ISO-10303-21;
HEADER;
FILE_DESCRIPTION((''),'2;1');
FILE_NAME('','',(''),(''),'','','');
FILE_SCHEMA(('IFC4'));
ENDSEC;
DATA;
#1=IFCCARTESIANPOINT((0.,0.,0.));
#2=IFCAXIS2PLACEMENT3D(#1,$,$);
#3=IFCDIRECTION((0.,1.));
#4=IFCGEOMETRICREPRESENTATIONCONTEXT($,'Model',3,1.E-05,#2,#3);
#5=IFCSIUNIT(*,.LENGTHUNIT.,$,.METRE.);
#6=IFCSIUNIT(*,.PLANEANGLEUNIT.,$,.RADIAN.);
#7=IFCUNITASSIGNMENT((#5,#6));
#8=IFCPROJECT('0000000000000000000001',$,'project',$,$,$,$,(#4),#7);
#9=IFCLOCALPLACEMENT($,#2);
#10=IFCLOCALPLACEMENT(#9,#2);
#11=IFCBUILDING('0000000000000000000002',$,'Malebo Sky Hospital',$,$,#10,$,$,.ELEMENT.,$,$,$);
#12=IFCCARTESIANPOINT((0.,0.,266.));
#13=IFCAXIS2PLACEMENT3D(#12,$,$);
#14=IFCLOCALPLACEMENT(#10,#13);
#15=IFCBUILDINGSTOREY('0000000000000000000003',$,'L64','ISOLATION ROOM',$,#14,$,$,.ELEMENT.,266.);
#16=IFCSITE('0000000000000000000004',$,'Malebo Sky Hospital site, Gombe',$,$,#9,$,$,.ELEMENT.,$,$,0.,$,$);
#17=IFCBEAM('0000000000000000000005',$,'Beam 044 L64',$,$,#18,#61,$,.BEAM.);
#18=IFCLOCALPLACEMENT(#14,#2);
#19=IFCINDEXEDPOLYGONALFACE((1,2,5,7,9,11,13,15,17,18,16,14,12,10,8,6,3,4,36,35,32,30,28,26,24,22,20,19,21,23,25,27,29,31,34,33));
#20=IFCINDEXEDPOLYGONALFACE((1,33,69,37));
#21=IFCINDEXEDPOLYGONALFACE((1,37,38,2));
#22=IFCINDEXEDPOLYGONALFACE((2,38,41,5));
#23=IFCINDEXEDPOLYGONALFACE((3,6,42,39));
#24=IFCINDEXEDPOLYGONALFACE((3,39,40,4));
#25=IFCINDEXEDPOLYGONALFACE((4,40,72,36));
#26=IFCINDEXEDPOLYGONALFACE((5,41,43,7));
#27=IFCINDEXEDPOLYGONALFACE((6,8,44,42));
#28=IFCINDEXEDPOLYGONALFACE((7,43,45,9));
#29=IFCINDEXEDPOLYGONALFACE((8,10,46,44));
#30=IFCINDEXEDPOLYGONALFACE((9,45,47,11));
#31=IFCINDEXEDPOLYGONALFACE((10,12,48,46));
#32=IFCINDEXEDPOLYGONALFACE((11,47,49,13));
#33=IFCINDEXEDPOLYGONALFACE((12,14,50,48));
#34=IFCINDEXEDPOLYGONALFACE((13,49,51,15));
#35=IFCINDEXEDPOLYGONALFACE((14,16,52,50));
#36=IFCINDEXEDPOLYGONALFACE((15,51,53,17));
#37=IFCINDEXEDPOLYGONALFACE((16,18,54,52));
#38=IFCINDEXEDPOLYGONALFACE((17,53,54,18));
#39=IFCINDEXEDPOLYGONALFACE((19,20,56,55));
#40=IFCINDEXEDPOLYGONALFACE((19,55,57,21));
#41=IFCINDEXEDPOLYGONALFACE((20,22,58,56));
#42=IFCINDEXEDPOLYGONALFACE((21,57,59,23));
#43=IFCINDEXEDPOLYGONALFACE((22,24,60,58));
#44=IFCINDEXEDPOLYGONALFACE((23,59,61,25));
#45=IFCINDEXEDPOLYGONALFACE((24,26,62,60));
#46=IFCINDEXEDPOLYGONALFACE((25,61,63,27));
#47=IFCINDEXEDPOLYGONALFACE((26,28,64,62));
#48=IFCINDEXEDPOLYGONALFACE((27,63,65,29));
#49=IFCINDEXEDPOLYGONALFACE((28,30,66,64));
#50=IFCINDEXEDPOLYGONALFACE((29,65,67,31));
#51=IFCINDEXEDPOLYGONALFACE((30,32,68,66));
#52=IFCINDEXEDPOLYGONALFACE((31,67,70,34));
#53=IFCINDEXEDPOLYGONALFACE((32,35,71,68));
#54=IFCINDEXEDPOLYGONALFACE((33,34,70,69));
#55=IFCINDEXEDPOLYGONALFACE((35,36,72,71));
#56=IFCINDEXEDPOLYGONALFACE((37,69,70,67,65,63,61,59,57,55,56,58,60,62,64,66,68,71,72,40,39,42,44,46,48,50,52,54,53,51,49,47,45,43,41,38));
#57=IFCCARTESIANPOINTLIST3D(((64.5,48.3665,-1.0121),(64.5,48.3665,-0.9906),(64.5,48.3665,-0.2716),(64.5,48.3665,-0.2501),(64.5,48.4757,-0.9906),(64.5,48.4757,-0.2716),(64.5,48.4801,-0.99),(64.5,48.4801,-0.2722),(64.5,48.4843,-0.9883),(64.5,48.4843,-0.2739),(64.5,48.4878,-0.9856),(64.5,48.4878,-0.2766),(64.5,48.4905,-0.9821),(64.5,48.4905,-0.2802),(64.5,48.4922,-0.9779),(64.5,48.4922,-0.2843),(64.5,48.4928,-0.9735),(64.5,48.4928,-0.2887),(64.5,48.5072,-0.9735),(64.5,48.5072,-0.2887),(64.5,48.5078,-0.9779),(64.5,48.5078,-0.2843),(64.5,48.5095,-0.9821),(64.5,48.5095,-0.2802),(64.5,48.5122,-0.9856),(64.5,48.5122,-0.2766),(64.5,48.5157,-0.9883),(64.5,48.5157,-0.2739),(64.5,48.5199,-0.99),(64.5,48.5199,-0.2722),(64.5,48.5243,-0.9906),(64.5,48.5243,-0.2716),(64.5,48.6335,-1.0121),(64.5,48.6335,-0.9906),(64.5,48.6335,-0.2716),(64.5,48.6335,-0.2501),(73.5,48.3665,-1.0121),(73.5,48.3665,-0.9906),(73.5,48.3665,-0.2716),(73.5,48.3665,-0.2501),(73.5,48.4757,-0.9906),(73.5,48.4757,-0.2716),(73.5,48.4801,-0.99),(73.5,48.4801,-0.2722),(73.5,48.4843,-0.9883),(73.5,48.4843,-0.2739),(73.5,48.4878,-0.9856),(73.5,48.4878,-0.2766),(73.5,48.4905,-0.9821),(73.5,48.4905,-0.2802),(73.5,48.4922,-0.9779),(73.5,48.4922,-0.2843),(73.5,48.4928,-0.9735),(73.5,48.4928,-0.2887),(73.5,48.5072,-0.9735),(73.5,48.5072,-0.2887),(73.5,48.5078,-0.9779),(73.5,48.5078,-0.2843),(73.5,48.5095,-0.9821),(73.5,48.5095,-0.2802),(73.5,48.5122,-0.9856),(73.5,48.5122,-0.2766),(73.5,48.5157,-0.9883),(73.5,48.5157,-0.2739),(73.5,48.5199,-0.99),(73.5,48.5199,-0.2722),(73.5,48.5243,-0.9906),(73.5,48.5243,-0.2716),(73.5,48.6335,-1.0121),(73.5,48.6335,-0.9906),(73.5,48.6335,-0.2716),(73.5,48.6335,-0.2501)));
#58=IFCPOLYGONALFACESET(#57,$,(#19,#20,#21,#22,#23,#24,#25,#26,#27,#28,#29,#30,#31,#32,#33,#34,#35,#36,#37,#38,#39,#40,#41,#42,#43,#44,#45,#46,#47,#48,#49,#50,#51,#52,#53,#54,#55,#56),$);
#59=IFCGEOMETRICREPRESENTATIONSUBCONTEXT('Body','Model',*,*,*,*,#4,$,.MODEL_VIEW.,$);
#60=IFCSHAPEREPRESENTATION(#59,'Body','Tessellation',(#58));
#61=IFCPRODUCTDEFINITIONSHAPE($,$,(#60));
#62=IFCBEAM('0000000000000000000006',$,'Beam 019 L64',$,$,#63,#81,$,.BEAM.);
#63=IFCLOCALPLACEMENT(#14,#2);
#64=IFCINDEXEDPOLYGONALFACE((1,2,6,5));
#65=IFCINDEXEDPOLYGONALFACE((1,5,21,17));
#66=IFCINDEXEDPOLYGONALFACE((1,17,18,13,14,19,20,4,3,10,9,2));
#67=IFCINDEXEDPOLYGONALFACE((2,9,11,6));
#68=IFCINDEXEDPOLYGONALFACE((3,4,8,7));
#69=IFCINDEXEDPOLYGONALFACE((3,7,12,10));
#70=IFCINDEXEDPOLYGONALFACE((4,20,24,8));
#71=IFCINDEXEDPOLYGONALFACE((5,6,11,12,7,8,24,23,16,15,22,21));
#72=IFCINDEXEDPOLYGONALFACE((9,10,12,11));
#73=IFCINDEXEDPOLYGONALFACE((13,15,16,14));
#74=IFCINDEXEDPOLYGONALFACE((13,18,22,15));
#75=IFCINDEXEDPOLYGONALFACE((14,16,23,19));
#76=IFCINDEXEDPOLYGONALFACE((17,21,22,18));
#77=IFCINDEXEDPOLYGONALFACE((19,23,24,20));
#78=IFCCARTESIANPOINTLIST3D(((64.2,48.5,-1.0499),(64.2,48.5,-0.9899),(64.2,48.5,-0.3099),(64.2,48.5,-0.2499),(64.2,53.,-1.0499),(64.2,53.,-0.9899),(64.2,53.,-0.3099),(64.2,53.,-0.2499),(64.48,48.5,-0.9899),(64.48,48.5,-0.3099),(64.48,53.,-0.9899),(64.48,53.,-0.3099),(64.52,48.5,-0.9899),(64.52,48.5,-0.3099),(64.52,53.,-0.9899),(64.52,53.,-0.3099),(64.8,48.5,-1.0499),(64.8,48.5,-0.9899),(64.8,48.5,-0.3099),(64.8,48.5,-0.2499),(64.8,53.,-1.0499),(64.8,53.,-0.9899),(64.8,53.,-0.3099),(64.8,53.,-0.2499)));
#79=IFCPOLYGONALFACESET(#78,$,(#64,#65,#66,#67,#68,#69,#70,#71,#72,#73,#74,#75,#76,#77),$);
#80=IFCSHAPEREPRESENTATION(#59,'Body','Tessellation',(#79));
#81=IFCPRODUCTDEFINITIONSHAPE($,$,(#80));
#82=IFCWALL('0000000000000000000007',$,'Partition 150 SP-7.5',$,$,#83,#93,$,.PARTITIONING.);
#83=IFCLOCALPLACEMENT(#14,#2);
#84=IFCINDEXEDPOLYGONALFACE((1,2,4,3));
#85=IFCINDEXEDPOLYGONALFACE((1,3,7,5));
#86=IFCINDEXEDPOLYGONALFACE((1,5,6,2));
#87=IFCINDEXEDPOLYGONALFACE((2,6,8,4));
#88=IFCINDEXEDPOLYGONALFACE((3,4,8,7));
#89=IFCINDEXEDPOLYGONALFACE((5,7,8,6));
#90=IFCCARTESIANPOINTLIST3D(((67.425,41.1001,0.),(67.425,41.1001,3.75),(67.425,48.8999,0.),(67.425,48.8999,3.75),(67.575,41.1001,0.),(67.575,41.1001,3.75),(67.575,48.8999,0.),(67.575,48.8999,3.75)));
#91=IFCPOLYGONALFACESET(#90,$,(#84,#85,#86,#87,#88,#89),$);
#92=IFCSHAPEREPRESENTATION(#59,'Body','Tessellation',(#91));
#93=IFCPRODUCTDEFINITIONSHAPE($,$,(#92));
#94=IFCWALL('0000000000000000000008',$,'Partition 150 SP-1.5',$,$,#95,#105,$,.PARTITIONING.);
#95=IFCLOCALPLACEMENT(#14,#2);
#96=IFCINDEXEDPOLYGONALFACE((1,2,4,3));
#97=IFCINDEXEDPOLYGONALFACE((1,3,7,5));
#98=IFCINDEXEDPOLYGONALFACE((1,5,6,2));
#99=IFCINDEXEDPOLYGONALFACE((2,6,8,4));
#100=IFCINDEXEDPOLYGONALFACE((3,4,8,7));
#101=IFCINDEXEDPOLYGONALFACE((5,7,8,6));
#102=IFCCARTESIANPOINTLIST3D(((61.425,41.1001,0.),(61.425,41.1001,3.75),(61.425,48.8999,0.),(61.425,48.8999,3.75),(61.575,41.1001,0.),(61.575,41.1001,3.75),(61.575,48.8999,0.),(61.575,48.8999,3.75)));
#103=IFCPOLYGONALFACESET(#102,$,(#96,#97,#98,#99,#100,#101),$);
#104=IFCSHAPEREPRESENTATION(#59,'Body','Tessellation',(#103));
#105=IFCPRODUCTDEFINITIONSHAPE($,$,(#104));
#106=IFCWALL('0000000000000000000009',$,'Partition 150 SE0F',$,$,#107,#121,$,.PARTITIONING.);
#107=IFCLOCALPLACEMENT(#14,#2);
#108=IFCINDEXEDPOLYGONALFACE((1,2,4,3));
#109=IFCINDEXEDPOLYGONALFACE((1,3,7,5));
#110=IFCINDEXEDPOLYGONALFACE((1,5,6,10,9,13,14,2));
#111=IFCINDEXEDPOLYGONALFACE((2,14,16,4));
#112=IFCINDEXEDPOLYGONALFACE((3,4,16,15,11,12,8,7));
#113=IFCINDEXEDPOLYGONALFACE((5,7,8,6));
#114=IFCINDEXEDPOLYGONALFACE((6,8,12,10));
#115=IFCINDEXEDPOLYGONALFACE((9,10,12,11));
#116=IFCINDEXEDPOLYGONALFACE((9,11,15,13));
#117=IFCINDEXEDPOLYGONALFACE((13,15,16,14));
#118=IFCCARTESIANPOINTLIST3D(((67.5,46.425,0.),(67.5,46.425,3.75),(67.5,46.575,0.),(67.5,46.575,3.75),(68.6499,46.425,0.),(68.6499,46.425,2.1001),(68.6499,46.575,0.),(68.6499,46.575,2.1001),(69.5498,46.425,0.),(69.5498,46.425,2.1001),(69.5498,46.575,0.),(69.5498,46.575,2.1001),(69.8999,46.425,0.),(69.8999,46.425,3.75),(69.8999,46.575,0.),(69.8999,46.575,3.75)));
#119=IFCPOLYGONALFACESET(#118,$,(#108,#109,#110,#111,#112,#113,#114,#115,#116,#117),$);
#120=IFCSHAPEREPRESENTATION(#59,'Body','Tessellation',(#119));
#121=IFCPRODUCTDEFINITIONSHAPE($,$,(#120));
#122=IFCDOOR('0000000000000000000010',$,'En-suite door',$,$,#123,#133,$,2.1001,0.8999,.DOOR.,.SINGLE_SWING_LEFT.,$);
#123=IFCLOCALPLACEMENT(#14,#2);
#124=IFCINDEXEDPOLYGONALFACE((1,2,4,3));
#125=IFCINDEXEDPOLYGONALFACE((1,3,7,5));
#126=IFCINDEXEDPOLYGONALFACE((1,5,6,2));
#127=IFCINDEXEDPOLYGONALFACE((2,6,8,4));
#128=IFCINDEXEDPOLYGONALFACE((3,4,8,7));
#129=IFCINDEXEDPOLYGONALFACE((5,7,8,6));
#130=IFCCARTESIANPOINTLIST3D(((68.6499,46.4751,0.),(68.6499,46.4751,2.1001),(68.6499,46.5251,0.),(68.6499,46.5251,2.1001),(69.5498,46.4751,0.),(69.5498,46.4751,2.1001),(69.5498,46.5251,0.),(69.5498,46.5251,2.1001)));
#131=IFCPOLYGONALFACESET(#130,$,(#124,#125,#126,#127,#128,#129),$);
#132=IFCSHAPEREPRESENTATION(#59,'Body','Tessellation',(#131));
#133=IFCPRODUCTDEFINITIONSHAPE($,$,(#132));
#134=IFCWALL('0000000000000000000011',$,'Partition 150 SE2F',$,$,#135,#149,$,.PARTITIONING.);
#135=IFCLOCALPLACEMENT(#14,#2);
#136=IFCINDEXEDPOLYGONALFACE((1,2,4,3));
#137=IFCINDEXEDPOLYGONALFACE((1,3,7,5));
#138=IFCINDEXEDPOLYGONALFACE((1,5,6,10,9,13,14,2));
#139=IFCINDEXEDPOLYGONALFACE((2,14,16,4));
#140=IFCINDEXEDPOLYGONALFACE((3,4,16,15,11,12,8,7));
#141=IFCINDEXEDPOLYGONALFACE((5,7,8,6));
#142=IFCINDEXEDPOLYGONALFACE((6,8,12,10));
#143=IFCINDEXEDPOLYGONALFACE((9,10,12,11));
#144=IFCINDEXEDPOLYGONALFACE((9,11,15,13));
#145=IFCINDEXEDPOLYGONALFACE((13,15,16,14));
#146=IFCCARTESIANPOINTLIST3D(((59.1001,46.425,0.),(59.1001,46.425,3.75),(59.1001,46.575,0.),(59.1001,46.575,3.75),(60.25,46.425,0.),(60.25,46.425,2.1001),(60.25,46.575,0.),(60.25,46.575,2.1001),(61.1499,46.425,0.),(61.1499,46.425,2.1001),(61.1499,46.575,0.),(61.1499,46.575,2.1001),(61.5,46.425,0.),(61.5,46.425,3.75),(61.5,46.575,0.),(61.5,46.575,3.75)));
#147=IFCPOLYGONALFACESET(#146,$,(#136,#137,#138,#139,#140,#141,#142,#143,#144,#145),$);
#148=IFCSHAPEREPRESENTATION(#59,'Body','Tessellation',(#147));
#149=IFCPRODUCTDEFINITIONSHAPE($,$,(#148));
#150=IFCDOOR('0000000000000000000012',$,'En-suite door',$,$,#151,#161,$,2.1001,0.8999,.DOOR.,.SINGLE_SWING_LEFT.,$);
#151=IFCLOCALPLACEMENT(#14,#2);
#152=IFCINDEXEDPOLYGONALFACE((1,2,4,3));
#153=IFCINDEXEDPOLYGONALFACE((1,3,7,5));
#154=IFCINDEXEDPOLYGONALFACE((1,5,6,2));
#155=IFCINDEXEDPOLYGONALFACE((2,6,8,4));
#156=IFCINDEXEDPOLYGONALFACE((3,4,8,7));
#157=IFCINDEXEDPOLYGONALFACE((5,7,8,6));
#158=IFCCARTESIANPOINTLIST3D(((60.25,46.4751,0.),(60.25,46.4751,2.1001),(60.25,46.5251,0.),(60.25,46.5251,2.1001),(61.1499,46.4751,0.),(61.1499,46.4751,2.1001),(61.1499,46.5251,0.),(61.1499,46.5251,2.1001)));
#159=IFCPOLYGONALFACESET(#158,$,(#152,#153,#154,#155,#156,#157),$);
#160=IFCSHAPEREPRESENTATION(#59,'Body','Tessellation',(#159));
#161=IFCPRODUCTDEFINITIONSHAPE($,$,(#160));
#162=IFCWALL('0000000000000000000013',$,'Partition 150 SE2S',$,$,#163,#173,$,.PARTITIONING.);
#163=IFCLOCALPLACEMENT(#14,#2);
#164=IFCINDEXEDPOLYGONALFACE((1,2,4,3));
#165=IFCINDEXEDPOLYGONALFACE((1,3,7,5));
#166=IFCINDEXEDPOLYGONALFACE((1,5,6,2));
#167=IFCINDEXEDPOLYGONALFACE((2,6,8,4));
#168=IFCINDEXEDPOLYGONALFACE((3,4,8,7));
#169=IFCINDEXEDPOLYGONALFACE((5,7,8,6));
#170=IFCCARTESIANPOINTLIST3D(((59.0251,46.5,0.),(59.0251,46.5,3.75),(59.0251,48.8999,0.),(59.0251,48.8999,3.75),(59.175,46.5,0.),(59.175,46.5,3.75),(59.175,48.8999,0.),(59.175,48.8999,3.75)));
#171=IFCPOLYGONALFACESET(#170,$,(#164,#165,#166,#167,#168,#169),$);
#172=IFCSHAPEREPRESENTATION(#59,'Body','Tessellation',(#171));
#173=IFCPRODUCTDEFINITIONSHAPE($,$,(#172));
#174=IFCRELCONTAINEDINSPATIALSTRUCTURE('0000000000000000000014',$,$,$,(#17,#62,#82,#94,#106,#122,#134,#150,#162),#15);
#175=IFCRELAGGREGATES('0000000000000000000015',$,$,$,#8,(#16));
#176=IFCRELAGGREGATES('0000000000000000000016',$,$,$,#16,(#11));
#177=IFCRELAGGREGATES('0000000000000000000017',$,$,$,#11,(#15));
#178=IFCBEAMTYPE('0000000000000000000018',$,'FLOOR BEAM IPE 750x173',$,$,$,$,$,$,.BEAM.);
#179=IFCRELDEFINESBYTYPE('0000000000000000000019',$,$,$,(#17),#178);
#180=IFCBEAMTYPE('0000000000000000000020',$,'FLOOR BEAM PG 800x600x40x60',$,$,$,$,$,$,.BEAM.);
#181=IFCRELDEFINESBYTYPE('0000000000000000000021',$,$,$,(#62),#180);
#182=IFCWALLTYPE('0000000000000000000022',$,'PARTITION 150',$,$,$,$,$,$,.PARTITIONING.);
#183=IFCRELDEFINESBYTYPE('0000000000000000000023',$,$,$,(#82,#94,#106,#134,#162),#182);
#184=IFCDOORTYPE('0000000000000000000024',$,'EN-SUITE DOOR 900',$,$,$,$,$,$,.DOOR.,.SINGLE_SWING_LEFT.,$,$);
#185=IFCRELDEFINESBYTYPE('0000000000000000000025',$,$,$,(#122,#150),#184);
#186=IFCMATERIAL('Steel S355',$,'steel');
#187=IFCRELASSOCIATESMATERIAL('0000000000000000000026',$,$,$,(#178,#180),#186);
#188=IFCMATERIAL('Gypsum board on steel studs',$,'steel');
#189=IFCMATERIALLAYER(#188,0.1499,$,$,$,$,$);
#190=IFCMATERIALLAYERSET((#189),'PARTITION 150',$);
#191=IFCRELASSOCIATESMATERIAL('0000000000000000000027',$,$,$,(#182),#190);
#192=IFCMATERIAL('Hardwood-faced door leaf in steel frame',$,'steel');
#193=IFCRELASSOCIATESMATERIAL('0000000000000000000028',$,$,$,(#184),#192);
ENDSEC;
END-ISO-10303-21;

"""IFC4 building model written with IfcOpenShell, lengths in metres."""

from ifc_helpers import new_model, si_unit, direction, frame, frame_2d, origin, origin_2d, place, context, subcontext, project, spatial, rectangle, i_section, extrude, material, layer, layer_set, material_profile, profile_set, type_object, element, fill, save


model = new_model("IFC4")

# Units and contexts
model_context = context("Model", 3, precision=1e-05, world=origin(), true_north=direction((0.0, 1.0)))
body_context = subcontext(model_context, "Body", "Model", "MODEL_VIEW")
ifc_project = project(units=[si_unit("LENGTHUNIT", "METRE"), si_unit("PLANEANGLEUNIT", "RADIAN")], contexts=[model_context])

# Site, building, storey
site_placement = place(None, origin())
site = spatial("IfcSite", under=ifc_project, at=site_placement, Name="Malebo Sky Hospital site, Gombe", CompositionType="ELEMENT", RefElevation=0.0)
building_placement = place(site_placement, origin())
building = spatial("IfcBuilding", under=site, at=building_placement, Name="Malebo Sky Hospital", CompositionType="ELEMENT")
storey_placement = place(building_placement, frame((0.0, 0.0, 266.0)))
storey = spatial("IfcBuildingStorey", under=building, at=storey_placement, Name="L64", Description="ISOLATION ROOM", CompositionType="ELEMENT", Elevation=266.0)

# Beams
ifc_material_1 = material(Name="Steel S355", Category="steel")
ifc_material_profile_1 = material_profile(ifc_material_1, i_section(OverallWidth=0.2671, OverallDepth=0.762, WebThickness=0.0144, FlangeThickness=0.0215, FilletRadius=0.0171, at=origin_2d()), Name="IPE 750x173")
ifc_profile_set_1 = profile_set([ifc_material_profile_1], Name="Steel S355")
beam_type_1 = type_object("IfcBeamType", Name="FLOOR BEAM IPE 750x173", PredefinedType="BEAM", material=ifc_profile_set_1)
beam_1_placement = place(storey_placement, frame((64.5, 48.5, -0.6311), z_axis=(1.0, 0.0, 0.0), x_axis=(0.0, 1.0, 0.0)))
element("IfcBeam", 1, at=beam_1_placement, inside=storey, type_object=beam_type_1, Name="Beam 044 L64", PredefinedType="BEAM", context=body_context, shape_type="SweptSolid", body=[
    extrude(i_section(OverallWidth=0.2671, OverallDepth=0.762, WebThickness=0.0144, FlangeThickness=0.0215, FilletRadius=0.0171, at=origin_2d()), origin(), (0.0, 0.0, 1.0), 9.0),
])
ifc_material_profile_2 = material_profile(ifc_material_1, i_section(OverallWidth=0.6001, OverallDepth=0.8, WebThickness=0.04, FlangeThickness=0.0601, at=origin_2d()), Name="PG 800x600x40x60")
ifc_profile_set_2 = profile_set([ifc_material_profile_2], Name="Steel S355")
beam_type_2 = type_object("IfcBeamType", Name="FLOOR BEAM PG 800x600x40x60", PredefinedType="BEAM", material=ifc_profile_set_2)
beam_2_placement = place(storey_placement, frame((64.5, 48.5, -0.6499), z_axis=(0.0, 1.0, 0.0), x_axis=(-1.0, 0.0, 0.0)))
element("IfcBeam", 2, at=beam_2_placement, inside=storey, type_object=beam_type_2, Name="Beam 019 L64", PredefinedType="BEAM", context=body_context, shape_type="SweptSolid", body=[
    extrude(i_section(OverallWidth=0.6001, OverallDepth=0.8, WebThickness=0.04, FlangeThickness=0.0601, at=origin_2d()), origin(), (0.0, 0.0, 1.0), 4.5),
])

# Walls
ifc_material_2 = material(Name="Gypsum board on steel studs", Category="steel")
ifc_layer_1 = layer(ifc_material_2, 0.1499)
ifc_layer_set_1 = layer_set([ifc_layer_1], Name="PARTITION 150")
wall_type_1 = type_object("IfcWallType", Name="PARTITION 150", PredefinedType="PARTITIONING", material=ifc_layer_set_1)
for number, where, z_axis, x_axis, name in (
    (3, (67.5, 48.8999, 0.0), (0.0, 0.0, 1.0), (0.0, -1.0, 0.0), "Partition 150 SP-7.5"),
    (4, (61.5, 48.8999, 0.0), (0.0, 0.0, 1.0), (0.0, -1.0, 0.0), "Partition 150 SP-1.5"),
):
    element("IfcWall", number, at=place(storey_placement, frame(where, z_axis=z_axis, x_axis=x_axis)), inside=storey, type_object=wall_type_1, Name=name, PredefinedType="PARTITIONING", context=body_context, shape_type="SweptSolid", body=[
        extrude(rectangle(XDim=7.7998, YDim=0.1499, at=frame_2d((3.8999, 0.0))), origin(), (0.0, 0.0, 1.0), 3.75),
    ])

# Walls, openings, doors
wall_1_placement = place(storey_placement, frame((69.8999, 46.5, 0.0), z_axis=(0.0, 0.0, 1.0), x_axis=(-1.0, 0.0, 0.0)))
wall_1 = element("IfcWall", 5, at=wall_1_placement, inside=storey, type_object=wall_type_1, Name="Partition 150 SE0F", PredefinedType="PARTITIONING", context=body_context, shape_type="SweptSolid", body=[
    extrude(rectangle(XDim=2.3999, YDim=0.1499, at=frame_2d((1.2, 0.0))), origin(), (0.0, 0.0, 1.0), 3.75),
])
opening_1_placement = place(wall_1_placement, frame((0.3501, 0.0, 0.0)))
opening_1 = element("IfcOpeningElement", 6, at=opening_1_placement, cuts=wall_1, PredefinedType="OPENING", context=body_context, shape_type="SweptSolid", body=[
    extrude(rectangle(XDim=0.8999, YDim=2.1001, at=frame_2d((0.45, 1.05))), frame((0.0, 0.085, 0.0), z_axis=(0.0, -1.0, 0.0), x_axis=(1.0, 0.0, 0.0)), (0.0, 0.0, 1.0), 0.1699),
])
ifc_material_3 = material(Name="Hardwood-faced door leaf in steel frame", Category="steel")
door_type_1 = type_object("IfcDoorType", Name="EN-SUITE DOOR 900", OperationType="SINGLE_SWING_LEFT", PredefinedType="DOOR", material=ifc_material_3)
door_1_placement = place(opening_1_placement, origin())
door_1 = element("IfcDoor", 7, at=door_1_placement, inside=storey, type_object=door_type_1, Name="En-suite door", OperationType="SINGLE_SWING_LEFT", OverallHeight=2.1001, OverallWidth=0.8999, PredefinedType="DOOR", context=body_context, shape_type="SweptSolid", body=[
    extrude(rectangle(XDim=0.8999, YDim=2.1001, at=frame_2d((0.45, 1.05))), frame((0.0, 0.0249, 0.0), z_axis=(0.0, -1.0, 0.0), x_axis=(1.0, 0.0, 0.0)), (0.0, 0.0, 1.0), 0.05),
])
fill(opening_1, door_1)
wall_2_placement = place(storey_placement, frame((61.5, 46.5, 0.0), z_axis=(0.0, 0.0, 1.0), x_axis=(-1.0, 0.0, 0.0)))
wall_2 = element("IfcWall", 8, at=wall_2_placement, inside=storey, type_object=wall_type_1, Name="Partition 150 SE2F", PredefinedType="PARTITIONING", context=body_context, shape_type="SweptSolid", body=[
    extrude(rectangle(XDim=2.3999, YDim=0.1499, at=frame_2d((1.2, 0.0))), origin(), (0.0, 0.0, 1.0), 3.75),
])
opening_2_placement = place(wall_2_placement, frame((0.3501, 0.0, 0.0)))
opening_2 = element("IfcOpeningElement", 9, at=opening_2_placement, cuts=wall_2, PredefinedType="OPENING", context=body_context, shape_type="SweptSolid", body=[
    extrude(rectangle(XDim=0.8999, YDim=2.1001, at=frame_2d((0.45, 1.05))), frame((0.0, 0.085, 0.0), z_axis=(0.0, -1.0, 0.0), x_axis=(1.0, 0.0, 0.0)), (0.0, 0.0, 1.0), 0.1699),
])
door_2_placement = place(opening_2_placement, origin())
door_2 = element("IfcDoor", 10, at=door_2_placement, inside=storey, type_object=door_type_1, Name="En-suite door", OperationType="SINGLE_SWING_LEFT", OverallHeight=2.1001, OverallWidth=0.8999, PredefinedType="DOOR", context=body_context, shape_type="SweptSolid", body=[
    extrude(rectangle(XDim=0.8999, YDim=2.1001, at=frame_2d((0.45, 1.05))), frame((0.0, 0.0249, 0.0), z_axis=(0.0, -1.0, 0.0), x_axis=(1.0, 0.0, 0.0)), (0.0, 0.0, 1.0), 0.05),
])
fill(opening_2, door_2)

# Wall
wall_3_placement = place(storey_placement, frame((59.1001, 48.8999, 0.0), z_axis=(0.0, 0.0, 1.0), x_axis=(0.0, -1.0, 0.0)))
element("IfcWall", 11, at=wall_3_placement, inside=storey, type_object=wall_type_1, Name="Partition 150 SE2S", PredefinedType="PARTITIONING", context=body_context, shape_type="SweptSolid", body=[
    extrude(rectangle(XDim=2.3999, YDim=0.1499, at=frame_2d((1.2, 0.0))), origin(), (0.0, 0.0, 1.0), 3.75),
])

save(model, "model.ifc")
